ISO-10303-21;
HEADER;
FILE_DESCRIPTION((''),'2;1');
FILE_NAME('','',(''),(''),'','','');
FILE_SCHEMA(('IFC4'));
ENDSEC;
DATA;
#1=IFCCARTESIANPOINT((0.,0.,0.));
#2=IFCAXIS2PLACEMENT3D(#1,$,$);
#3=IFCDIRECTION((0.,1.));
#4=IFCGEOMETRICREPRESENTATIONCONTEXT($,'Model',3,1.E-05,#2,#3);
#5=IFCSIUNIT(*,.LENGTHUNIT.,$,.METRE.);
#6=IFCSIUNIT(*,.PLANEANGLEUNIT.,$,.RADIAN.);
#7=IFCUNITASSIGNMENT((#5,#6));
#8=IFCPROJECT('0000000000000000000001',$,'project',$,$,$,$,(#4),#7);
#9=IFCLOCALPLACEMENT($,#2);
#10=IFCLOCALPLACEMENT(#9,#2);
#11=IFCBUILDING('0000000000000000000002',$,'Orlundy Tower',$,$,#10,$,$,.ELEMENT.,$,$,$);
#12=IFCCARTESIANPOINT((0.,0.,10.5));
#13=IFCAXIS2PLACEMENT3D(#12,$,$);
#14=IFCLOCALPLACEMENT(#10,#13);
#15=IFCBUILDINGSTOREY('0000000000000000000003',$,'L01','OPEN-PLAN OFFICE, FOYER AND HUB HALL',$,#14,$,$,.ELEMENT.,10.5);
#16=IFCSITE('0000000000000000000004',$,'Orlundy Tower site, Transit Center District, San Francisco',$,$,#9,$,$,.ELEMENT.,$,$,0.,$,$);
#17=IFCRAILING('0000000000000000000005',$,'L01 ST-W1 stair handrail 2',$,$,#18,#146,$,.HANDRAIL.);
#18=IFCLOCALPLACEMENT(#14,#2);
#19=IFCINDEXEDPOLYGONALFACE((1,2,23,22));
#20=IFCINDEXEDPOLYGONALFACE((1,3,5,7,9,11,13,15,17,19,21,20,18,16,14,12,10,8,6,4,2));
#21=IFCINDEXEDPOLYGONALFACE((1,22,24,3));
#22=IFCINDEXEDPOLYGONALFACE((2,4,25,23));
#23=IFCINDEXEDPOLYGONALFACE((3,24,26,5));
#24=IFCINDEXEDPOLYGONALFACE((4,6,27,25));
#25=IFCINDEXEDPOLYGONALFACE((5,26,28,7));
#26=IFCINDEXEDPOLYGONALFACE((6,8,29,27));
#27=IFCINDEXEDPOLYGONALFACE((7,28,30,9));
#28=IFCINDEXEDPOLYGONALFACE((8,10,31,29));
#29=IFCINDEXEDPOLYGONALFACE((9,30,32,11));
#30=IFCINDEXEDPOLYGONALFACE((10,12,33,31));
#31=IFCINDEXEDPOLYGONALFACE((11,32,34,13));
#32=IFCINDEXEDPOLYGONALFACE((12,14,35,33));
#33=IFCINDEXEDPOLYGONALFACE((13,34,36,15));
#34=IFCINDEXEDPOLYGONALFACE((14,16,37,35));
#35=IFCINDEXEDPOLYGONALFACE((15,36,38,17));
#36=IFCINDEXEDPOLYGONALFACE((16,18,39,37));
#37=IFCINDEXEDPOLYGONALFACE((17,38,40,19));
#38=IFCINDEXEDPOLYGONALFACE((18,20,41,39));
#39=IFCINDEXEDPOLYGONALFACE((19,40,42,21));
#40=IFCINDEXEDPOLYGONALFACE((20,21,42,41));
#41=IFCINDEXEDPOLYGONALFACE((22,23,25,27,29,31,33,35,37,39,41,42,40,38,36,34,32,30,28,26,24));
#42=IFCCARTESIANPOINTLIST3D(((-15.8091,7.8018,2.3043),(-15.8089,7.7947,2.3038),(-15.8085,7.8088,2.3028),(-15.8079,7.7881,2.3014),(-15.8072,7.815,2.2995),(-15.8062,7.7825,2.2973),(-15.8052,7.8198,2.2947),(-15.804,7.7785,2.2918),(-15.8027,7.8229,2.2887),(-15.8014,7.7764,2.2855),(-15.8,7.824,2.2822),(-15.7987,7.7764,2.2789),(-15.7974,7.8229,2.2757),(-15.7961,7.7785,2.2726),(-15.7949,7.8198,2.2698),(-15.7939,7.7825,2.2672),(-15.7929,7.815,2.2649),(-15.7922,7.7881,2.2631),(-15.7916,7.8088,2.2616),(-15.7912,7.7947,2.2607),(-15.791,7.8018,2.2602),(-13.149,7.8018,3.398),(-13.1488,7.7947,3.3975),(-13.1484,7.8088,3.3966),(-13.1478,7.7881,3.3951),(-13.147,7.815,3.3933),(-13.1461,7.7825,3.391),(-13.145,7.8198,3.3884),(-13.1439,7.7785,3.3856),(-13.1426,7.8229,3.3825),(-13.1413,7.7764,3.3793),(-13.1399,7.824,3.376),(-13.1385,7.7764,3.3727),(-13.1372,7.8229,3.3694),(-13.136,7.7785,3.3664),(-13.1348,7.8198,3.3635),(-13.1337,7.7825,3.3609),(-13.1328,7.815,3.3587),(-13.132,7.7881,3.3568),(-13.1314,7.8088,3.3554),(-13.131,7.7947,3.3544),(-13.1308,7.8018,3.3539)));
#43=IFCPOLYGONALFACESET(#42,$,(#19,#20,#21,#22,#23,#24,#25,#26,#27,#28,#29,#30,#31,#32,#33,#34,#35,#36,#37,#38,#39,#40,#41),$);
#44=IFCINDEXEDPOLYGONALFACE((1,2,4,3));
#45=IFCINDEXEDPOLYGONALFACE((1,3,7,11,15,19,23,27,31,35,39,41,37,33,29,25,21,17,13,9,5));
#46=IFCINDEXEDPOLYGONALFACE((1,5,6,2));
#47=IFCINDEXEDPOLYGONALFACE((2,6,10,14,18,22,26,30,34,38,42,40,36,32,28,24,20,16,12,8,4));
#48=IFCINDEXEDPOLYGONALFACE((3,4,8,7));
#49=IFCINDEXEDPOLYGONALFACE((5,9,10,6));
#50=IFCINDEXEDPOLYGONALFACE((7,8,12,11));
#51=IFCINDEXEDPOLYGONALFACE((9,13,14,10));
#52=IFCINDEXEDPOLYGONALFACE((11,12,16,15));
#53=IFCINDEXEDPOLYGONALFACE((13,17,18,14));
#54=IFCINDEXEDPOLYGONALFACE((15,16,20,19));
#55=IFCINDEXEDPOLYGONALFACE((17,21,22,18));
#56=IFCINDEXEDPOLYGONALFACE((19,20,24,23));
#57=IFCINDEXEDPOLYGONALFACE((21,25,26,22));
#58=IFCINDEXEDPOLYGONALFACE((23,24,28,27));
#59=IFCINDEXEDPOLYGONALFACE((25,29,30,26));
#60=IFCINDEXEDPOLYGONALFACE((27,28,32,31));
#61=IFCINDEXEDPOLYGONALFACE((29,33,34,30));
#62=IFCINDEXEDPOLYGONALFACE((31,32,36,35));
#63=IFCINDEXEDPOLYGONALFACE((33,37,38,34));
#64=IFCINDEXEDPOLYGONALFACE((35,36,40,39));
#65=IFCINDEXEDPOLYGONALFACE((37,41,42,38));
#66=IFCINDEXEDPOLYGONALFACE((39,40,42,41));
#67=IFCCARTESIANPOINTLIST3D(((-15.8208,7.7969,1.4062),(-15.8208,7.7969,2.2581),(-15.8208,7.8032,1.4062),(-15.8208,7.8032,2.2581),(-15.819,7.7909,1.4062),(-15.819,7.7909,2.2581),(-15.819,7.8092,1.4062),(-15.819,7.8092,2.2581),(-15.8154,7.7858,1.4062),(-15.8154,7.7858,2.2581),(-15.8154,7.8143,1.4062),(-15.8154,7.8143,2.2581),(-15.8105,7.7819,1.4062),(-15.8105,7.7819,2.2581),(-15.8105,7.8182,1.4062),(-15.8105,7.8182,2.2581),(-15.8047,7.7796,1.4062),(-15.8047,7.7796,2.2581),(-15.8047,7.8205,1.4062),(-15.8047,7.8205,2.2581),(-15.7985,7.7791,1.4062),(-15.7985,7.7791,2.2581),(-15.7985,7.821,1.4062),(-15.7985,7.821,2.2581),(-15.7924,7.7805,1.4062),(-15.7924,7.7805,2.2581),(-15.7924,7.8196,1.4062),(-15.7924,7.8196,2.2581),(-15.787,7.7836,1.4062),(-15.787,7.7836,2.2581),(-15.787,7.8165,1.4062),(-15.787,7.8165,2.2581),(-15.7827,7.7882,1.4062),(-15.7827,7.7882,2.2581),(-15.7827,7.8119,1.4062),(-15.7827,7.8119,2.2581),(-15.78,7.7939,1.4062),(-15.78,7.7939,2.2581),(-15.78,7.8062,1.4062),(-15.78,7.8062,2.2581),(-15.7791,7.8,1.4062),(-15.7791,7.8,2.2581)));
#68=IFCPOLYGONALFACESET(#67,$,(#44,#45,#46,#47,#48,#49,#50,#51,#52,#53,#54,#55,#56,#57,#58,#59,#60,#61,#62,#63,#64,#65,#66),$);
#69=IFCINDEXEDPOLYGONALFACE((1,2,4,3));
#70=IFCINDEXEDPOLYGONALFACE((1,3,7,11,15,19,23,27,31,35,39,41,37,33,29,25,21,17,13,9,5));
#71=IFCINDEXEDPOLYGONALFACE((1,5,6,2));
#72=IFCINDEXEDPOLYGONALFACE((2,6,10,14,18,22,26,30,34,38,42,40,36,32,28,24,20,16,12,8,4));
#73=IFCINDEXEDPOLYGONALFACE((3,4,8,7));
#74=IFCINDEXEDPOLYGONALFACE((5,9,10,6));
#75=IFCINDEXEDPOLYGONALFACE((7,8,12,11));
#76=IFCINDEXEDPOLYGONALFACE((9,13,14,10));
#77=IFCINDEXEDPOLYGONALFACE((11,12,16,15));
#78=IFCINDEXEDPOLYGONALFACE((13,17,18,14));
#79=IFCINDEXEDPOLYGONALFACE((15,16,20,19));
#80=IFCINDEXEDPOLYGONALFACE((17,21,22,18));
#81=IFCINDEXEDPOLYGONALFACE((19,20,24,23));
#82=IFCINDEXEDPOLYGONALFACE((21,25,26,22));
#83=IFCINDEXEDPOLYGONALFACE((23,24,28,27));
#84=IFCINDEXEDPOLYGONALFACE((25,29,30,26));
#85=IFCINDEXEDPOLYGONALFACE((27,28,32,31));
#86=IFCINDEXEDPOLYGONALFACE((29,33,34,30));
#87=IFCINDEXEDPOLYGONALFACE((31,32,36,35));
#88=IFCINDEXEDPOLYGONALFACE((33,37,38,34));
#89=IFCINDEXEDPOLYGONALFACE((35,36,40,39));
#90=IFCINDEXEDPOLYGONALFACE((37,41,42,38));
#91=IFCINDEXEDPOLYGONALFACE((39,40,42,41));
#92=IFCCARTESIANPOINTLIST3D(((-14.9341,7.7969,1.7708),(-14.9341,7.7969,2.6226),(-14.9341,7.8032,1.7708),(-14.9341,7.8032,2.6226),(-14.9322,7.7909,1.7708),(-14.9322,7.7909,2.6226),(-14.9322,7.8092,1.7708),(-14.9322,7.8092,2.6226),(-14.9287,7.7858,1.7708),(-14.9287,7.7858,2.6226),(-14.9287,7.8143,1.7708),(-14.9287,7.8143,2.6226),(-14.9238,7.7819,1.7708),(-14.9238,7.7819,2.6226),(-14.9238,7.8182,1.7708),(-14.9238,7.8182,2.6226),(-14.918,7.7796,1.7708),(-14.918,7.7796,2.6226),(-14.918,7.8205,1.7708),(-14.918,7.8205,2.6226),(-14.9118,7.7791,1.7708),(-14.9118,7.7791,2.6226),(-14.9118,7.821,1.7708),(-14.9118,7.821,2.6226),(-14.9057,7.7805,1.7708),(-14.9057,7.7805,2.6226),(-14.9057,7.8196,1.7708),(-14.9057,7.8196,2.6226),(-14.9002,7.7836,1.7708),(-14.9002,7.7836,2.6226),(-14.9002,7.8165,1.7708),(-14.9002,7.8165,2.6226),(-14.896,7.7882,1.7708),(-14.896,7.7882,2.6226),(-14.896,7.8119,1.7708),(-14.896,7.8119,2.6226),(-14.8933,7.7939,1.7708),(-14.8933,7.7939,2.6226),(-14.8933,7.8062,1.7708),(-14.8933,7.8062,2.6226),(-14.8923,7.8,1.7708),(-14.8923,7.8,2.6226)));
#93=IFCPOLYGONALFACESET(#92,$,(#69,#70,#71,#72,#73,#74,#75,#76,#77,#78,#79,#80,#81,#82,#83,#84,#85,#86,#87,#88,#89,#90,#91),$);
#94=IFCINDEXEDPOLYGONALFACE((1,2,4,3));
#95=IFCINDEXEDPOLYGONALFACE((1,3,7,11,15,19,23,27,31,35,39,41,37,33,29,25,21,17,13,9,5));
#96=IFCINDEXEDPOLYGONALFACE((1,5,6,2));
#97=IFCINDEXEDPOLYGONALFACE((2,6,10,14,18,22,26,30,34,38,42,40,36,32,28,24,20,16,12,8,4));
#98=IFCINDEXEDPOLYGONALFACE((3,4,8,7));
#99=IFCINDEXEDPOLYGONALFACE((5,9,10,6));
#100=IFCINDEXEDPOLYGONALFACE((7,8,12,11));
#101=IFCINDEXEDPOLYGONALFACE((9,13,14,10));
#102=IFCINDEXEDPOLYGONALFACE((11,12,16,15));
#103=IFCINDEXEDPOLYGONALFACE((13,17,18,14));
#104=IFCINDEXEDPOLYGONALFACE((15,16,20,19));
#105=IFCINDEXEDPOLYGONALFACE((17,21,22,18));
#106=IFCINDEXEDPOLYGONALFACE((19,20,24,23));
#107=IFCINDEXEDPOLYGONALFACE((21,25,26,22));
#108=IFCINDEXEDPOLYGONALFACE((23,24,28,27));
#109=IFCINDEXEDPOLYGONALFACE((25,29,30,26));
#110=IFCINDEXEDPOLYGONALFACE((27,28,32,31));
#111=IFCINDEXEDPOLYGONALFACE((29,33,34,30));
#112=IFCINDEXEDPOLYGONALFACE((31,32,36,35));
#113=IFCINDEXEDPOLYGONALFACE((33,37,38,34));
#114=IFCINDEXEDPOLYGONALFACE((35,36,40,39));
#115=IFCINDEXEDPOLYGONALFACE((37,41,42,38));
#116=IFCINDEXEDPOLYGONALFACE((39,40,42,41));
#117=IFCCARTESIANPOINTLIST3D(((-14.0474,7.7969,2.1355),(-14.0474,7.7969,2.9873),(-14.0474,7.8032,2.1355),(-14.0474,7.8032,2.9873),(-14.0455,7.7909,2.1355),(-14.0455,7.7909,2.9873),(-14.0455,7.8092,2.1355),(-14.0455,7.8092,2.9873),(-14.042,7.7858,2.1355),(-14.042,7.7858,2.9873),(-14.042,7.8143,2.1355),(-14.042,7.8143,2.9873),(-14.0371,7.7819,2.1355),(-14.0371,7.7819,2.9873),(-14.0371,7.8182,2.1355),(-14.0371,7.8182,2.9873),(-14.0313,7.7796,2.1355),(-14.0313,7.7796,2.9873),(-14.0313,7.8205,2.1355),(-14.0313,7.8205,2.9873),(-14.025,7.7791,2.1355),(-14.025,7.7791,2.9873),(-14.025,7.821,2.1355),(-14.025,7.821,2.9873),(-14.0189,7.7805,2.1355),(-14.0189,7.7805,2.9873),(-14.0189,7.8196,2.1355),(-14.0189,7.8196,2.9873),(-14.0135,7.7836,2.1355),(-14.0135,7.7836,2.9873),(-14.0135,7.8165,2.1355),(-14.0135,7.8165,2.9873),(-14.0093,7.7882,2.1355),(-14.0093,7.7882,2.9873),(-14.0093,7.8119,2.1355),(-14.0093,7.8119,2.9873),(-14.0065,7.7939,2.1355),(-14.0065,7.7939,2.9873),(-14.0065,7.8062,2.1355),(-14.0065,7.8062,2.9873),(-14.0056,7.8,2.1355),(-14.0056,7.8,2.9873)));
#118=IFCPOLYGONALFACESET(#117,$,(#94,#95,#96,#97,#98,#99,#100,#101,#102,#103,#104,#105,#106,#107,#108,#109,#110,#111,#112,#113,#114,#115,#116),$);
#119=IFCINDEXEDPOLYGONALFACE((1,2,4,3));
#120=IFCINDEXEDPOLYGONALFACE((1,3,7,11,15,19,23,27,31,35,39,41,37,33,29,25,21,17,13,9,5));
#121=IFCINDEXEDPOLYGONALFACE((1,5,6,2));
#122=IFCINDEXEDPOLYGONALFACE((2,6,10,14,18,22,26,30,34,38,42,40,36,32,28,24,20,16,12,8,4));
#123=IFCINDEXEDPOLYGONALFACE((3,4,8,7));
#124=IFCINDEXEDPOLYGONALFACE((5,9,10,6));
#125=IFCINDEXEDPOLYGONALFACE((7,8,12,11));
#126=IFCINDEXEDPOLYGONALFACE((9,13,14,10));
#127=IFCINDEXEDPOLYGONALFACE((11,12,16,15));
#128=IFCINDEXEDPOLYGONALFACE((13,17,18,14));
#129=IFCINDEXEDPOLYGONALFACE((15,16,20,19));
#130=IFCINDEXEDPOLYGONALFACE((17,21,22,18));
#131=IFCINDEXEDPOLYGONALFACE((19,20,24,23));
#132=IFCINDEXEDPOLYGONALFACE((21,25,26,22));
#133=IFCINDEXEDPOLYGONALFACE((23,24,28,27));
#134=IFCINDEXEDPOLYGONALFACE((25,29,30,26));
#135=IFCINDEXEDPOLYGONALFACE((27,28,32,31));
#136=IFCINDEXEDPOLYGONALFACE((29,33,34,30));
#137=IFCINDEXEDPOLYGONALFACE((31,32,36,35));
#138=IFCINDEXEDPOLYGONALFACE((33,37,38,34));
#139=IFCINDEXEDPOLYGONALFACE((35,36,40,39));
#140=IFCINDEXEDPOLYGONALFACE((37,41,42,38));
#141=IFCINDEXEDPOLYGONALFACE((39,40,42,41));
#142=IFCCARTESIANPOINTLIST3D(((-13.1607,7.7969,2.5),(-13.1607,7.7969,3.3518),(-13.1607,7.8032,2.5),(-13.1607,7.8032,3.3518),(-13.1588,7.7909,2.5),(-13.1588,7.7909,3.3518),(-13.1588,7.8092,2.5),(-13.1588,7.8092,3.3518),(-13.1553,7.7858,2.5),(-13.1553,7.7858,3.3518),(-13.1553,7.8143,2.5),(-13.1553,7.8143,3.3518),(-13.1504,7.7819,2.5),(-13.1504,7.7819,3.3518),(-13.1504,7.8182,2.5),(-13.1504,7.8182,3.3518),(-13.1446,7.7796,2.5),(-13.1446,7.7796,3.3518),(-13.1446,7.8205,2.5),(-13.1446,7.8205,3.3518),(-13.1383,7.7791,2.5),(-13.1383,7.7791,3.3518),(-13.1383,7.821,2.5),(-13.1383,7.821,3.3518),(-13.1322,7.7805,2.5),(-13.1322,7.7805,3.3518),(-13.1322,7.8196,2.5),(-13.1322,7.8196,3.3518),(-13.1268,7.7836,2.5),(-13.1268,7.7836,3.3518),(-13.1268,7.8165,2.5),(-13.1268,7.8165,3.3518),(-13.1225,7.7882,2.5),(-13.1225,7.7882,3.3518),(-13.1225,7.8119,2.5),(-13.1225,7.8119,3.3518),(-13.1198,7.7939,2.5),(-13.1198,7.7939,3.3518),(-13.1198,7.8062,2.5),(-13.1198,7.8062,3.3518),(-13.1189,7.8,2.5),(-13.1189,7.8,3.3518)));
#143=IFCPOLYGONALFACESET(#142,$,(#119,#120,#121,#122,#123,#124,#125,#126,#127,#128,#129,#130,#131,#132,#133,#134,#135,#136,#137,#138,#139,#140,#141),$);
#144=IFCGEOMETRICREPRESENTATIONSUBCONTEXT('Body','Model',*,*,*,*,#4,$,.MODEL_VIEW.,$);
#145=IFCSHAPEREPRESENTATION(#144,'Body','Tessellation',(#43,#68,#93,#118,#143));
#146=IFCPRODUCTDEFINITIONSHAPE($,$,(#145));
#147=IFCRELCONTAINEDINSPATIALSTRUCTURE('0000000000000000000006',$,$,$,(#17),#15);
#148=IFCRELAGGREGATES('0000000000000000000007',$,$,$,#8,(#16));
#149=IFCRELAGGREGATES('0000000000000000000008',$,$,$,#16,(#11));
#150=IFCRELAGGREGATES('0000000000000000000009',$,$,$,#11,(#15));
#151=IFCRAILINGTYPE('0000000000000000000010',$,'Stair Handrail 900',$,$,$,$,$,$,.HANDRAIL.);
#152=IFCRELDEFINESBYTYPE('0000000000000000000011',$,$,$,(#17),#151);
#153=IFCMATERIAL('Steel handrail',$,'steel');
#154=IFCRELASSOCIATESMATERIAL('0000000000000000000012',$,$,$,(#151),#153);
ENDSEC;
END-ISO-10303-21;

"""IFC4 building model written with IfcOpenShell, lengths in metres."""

from ifc_helpers import new_model, si_unit, direction, frame, origin, origin_2d, place, context, subcontext, project, spatial, circle, extrude, material, type_object, element, save


model = new_model("IFC4")

# Units and contexts
model_context = context("Model", 3, precision=1e-05, world=origin(), true_north=direction((0.0, 1.0)))
body_context = subcontext(model_context, "Body", "Model", "MODEL_VIEW")
ifc_project = project(units=[si_unit("LENGTHUNIT", "METRE"), si_unit("PLANEANGLEUNIT", "RADIAN")], contexts=[model_context])

# Site, building, storey
site_placement = place(None, origin())
site = spatial("IfcSite", under=ifc_project, at=site_placement, Name="Orlundy Tower site, Transit Center District, San Francisco", CompositionType="ELEMENT", RefElevation=0.0)
building_placement = place(site_placement, origin())
building = spatial("IfcBuilding", under=site, at=building_placement, Name="Orlundy Tower", CompositionType="ELEMENT")
storey_placement = place(building_placement, frame((0.0, 0.0, 10.5)))
storey = spatial("IfcBuildingStorey", under=building, at=storey_placement, Name="L01", Description="OPEN-PLAN OFFICE, FOYER AND HUB HALL", CompositionType="ELEMENT", Elevation=10.5)

# Railing
ifc_material_1 = material(Name="Steel handrail", Category="steel")
railing_type_1 = type_object("IfcRailingType", Name="Stair Handrail 900", PredefinedType="HANDRAIL", material=ifc_material_1)
railing_1_placement = place(storey_placement, frame((-15.8, 7.8, 1.4062)))
element("IfcRailing", 1, at=railing_1_placement, inside=storey, type_object=railing_type_1, Name="L01 ST-W1 stair handrail 2", PredefinedType="HANDRAIL", context=body_context, shape_type="SweptSolid", body=[
    extrude(circle(Radius=0.0239, at=origin_2d()), frame((0.0, 0.0, 0.876), z_axis=(0.924875, 0.0, 0.380272), x_axis=(0.0, 1.0, 0.0)), (0.0, 0.0, 1.0), 2.8762),
    extrude(circle(Radius=0.021, at=origin_2d()), origin(), (0.0, 0.0, 1.0), 0.8518),
    extrude(circle(Radius=0.021, at=origin_2d()), frame((0.8867, 0.0, 0.3645)), (0.0, 0.0, 1.0), 0.8518),
    extrude(circle(Radius=0.021, at=origin_2d()), frame((1.7734, 0.0, 0.7292)), (0.0, 0.0, 1.0), 0.8518),
    extrude(circle(Radius=0.021, at=origin_2d()), frame((2.6602, 0.0, 1.0938)), (0.0, 0.0, 1.0), 0.8518),
])

save(model, "model.ifc")
